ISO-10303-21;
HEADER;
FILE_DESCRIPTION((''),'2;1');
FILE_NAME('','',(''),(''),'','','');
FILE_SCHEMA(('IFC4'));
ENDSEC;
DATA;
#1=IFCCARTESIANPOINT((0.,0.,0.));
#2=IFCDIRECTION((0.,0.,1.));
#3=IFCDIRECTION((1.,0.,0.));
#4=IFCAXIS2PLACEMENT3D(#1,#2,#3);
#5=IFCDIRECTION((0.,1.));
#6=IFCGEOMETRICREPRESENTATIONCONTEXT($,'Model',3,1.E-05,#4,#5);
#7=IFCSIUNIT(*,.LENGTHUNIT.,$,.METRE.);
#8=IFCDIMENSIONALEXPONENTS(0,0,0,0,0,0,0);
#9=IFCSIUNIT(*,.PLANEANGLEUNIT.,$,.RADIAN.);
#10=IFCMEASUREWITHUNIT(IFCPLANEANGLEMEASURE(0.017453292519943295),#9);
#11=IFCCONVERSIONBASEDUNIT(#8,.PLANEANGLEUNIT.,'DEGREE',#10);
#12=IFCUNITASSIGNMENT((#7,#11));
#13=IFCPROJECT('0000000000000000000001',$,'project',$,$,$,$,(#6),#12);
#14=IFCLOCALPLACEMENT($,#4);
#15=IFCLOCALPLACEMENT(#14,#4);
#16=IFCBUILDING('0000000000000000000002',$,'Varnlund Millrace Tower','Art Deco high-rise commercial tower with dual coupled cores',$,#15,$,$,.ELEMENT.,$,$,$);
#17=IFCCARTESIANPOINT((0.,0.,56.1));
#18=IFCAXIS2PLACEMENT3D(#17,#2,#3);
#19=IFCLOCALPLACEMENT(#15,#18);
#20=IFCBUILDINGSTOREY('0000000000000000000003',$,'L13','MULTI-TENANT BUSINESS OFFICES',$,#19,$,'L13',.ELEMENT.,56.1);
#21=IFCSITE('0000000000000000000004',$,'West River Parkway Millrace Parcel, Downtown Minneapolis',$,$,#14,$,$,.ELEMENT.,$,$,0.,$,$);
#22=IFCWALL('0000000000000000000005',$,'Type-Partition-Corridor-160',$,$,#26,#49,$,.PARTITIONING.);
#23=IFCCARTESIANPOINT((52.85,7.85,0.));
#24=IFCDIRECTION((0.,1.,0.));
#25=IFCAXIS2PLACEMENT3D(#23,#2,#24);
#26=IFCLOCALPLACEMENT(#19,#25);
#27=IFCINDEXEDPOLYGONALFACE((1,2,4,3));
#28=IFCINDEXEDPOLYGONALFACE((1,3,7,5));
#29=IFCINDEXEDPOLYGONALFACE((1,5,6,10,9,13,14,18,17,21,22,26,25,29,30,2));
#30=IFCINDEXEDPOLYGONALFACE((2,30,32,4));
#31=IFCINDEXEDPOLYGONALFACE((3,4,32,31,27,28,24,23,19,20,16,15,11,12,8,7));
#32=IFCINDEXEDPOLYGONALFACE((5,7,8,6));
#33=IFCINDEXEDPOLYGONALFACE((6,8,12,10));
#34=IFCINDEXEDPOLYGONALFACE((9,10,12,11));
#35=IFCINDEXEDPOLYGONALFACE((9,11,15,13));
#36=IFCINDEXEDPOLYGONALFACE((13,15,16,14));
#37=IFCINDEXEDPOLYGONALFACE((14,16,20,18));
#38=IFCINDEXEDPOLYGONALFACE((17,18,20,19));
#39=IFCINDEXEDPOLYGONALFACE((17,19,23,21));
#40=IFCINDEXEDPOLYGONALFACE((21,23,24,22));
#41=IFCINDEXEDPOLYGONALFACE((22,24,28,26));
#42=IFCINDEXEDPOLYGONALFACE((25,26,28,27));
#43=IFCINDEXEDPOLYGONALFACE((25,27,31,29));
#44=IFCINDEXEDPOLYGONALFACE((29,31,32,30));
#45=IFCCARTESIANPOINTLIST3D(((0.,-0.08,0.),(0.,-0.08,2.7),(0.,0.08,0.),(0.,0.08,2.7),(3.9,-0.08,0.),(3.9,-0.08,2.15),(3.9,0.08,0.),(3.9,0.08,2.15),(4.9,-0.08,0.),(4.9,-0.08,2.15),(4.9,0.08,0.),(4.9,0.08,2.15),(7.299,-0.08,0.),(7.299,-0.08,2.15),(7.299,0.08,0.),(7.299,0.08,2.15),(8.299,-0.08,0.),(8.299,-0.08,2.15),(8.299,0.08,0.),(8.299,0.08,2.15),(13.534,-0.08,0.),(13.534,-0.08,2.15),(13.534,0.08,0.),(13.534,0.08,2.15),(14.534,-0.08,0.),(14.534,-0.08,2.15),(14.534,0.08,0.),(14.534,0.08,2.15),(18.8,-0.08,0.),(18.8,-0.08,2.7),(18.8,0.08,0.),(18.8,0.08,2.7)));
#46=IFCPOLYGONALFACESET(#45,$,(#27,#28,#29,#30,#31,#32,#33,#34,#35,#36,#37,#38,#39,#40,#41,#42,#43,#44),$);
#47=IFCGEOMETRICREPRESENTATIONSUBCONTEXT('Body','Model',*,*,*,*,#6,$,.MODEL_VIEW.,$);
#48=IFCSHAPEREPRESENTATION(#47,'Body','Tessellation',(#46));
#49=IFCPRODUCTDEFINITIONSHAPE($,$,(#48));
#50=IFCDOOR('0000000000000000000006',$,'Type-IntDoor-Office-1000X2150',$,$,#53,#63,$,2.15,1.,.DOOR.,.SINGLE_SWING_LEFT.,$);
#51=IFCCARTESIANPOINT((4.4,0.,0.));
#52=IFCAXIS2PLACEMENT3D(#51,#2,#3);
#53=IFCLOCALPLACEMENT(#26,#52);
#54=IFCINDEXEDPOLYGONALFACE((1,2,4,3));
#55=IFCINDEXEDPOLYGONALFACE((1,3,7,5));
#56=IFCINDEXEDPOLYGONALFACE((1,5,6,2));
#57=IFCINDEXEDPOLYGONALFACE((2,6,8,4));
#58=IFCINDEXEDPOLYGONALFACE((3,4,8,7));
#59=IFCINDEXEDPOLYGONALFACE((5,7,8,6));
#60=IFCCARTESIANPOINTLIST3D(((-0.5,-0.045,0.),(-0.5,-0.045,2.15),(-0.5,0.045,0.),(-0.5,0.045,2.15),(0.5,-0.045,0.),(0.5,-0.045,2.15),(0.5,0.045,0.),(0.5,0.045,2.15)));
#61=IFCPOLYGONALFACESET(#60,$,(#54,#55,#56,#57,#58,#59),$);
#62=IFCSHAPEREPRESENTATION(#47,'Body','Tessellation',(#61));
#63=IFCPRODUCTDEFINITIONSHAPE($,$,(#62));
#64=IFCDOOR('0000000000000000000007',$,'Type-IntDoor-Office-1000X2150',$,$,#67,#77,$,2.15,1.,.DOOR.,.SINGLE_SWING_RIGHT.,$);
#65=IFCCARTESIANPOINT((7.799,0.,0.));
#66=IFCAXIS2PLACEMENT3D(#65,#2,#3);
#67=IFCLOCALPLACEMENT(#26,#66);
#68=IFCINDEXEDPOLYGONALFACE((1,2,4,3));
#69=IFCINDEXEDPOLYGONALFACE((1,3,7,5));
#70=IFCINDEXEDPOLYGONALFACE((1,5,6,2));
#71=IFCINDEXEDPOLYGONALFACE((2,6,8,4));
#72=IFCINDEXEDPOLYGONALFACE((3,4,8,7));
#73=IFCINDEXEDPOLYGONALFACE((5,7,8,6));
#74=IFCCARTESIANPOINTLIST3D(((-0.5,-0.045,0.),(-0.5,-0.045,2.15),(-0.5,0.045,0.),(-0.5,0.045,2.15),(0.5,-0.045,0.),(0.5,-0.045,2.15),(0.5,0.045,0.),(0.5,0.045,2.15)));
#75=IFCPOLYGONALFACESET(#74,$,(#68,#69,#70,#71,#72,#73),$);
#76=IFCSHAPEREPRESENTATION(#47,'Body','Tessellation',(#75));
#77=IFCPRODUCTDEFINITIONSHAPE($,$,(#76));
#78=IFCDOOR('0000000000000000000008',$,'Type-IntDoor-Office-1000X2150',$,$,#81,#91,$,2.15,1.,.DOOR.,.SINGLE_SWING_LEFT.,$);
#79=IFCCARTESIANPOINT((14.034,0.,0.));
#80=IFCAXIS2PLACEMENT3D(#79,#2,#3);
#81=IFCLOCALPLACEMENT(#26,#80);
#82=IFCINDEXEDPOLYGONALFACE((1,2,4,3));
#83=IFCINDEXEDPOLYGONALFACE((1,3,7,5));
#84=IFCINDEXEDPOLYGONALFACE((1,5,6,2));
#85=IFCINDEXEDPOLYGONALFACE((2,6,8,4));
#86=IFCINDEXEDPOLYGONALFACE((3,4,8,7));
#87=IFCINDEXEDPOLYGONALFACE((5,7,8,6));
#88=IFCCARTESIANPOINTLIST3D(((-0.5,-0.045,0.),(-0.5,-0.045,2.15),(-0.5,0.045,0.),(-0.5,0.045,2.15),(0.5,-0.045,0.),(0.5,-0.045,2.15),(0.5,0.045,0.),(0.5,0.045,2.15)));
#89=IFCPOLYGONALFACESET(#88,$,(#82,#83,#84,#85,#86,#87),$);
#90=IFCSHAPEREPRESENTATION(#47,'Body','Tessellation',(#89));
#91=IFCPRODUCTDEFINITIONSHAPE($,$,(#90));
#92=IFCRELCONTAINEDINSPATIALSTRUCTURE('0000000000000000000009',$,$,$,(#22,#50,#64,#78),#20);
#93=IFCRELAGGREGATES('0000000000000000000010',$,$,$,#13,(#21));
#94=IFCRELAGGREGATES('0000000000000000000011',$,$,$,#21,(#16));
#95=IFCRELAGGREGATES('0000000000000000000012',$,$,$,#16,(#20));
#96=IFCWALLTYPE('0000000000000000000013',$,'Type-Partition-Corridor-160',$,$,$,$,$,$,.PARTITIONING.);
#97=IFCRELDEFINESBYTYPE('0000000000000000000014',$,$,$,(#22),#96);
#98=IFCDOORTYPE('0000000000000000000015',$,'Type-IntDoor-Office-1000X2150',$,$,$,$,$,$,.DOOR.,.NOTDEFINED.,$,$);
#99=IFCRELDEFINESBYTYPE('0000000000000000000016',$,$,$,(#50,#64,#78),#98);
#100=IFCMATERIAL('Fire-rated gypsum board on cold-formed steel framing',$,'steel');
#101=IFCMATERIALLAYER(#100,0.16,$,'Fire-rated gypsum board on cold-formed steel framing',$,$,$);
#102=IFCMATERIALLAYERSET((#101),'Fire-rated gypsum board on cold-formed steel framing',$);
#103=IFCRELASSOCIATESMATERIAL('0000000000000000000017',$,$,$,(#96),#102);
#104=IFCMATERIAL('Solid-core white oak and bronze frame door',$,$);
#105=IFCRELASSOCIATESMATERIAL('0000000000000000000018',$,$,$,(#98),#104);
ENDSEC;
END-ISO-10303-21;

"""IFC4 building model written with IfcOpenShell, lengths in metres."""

from ifc_helpers import new_model, entity, si_unit, converted_unit, direction, frame, origin_with_axes, origin_2d_with_axis, place, context, subcontext, project, spatial, polyline, rectangle, outline, extrude, material, layer, layer_set, type_object, element, fill, save


model = new_model("IFC4")

# Units and contexts
model_context = context("Model", 3, precision=1e-05, world=origin_with_axes(), true_north=direction((0.0, 1.0)))
body_context = subcontext(model_context, "Body", "Model", "MODEL_VIEW")
ifc_project = project(units=[si_unit("LENGTHUNIT", "METRE"), converted_unit("PLANEANGLEUNIT", "DEGREE", entity("IfcPlaneAngleMeasure", 0.017453292519943295), si_unit("PLANEANGLEUNIT", "RADIAN"), dimensions=[0, 0, 0, 0, 0, 0, 0])], contexts=[model_context])

# Site, building, storey
site_placement = place(None, origin_with_axes())
site = spatial("IfcSite", under=ifc_project, at=site_placement, Name="West River Parkway Millrace Parcel, Downtown Minneapolis", CompositionType="ELEMENT", RefElevation=0.0)
building_placement = place(site_placement, origin_with_axes())
building = spatial("IfcBuilding", under=site, at=building_placement, Name="Varnlund Millrace Tower", Description="Art Deco high-rise commercial tower with dual coupled cores", CompositionType="ELEMENT")
storey_placement = place(building_placement, frame((0.0, 0.0, 56.1), z_axis=(0.0, 0.0, 1.0), x_axis=(1.0, 0.0, 0.0)))
storey = spatial("IfcBuildingStorey", under=building, at=storey_placement, Name="L13", Description="MULTI-TENANT BUSINESS OFFICES", LongName="L13", CompositionType="ELEMENT", Elevation=56.1)

# Wall, openings, doors
ifc_material_1 = material(Name="Fire-rated gypsum board on cold-formed steel framing", Category="steel")
ifc_layer_1 = layer(ifc_material_1, 0.16, Name="Fire-rated gypsum board on cold-formed steel framing")
ifc_layer_set_1 = layer_set([ifc_layer_1], Name="Fire-rated gypsum board on cold-formed steel framing")
wall_type_1 = type_object("IfcWallType", Name="Type-Partition-Corridor-160", PredefinedType="PARTITIONING", material=ifc_layer_set_1)
wall_1_placement = place(storey_placement, frame((52.85, 7.85, 0.0), z_axis=(0.0, 0.0, 1.0), x_axis=(0.0, 1.0, 0.0)))
wall_1 = element("IfcWall", 1, at=wall_1_placement, inside=storey, type_object=wall_type_1, Name="Type-Partition-Corridor-160", PredefinedType="PARTITIONING", context=body_context, shape_type="SweptSolid", body=[
    extrude(outline(polyline([(0.0, -0.08), (18.8, -0.08), (18.8, 0.08), (0.0, 0.08), (0.0, -0.08)])), origin_with_axes(), (0.0, 0.0, 1.0), 2.7),
])
opening_1_placement = place(wall_1_placement, frame((4.4, 0.0, 0.0), z_axis=(0.0, 0.0, 1.0), x_axis=(1.0, 0.0, 0.0)))
opening_1 = element("IfcOpeningElement", 2, at=opening_1_placement, cuts=wall_1, PredefinedType="OPENING", context=body_context, shape_type="SweptSolid", body=[
    extrude(rectangle(XDim=1.0, YDim=0.18, at=origin_2d_with_axis()), origin_with_axes(), (0.0, 0.0, 1.0), 2.15),
])
opening_2_placement = place(wall_1_placement, frame((7.799, 0.0, 0.0), z_axis=(0.0, 0.0, 1.0), x_axis=(1.0, 0.0, 0.0)))
opening_2 = element("IfcOpeningElement", 3, at=opening_2_placement, cuts=wall_1, PredefinedType="OPENING", context=body_context, shape_type="SweptSolid", body=[
    extrude(rectangle(XDim=1.0, YDim=0.18, at=origin_2d_with_axis()), origin_with_axes(), (0.0, 0.0, 1.0), 2.15),
])
opening_3_placement = place(wall_1_placement, frame((14.034, 0.0, 0.0), z_axis=(0.0, 0.0, 1.0), x_axis=(1.0, 0.0, 0.0)))
opening_3 = element("IfcOpeningElement", 4, at=opening_3_placement, cuts=wall_1, PredefinedType="OPENING", context=body_context, shape_type="SweptSolid", body=[
    extrude(rectangle(XDim=1.0, YDim=0.18, at=origin_2d_with_axis()), origin_with_axes(), (0.0, 0.0, 1.0), 2.15),
])
ifc_material_2 = material(Name="Solid-core white oak and bronze frame door")
door_type = type_object("IfcDoorType", Name="Type-IntDoor-Office-1000X2150", OperationType="NOTDEFINED", PredefinedType="DOOR", material=ifc_material_2)
door_1_placement = place(wall_1_placement, frame((4.4, 0.0, 0.0), z_axis=(0.0, 0.0, 1.0), x_axis=(1.0, 0.0, 0.0)))
door_1 = element("IfcDoor", 5, at=door_1_placement, inside=storey, type_object=door_type, Name="Type-IntDoor-Office-1000X2150", OperationType="SINGLE_SWING_LEFT", OverallHeight=2.15, OverallWidth=1.0, PredefinedType="DOOR", context=body_context, shape_type="SweptSolid", body=[
    extrude(rectangle(XDim=1.0, YDim=0.09, at=origin_2d_with_axis()), origin_with_axes(), (0.0, 0.0, 1.0), 2.15),
])
fill(opening_1, door_1)
door_2_placement = place(wall_1_placement, frame((7.799, 0.0, 0.0), z_axis=(0.0, 0.0, 1.0), x_axis=(1.0, 0.0, 0.0)))
door_2 = element("IfcDoor", 6, at=door_2_placement, inside=storey, type_object=door_type, Name="Type-IntDoor-Office-1000X2150", OperationType="SINGLE_SWING_RIGHT", OverallHeight=2.15, OverallWidth=1.0, PredefinedType="DOOR", context=body_context, shape_type="SweptSolid", body=[
    extrude(rectangle(XDim=1.0, YDim=0.09, at=origin_2d_with_axis()), origin_with_axes(), (0.0, 0.0, 1.0), 2.15),
])
fill(opening_2, door_2)
door_3_placement = place(wall_1_placement, frame((14.034, 0.0, 0.0), z_axis=(0.0, 0.0, 1.0), x_axis=(1.0, 0.0, 0.0)))
door_3 = element("IfcDoor", 7, at=door_3_placement, inside=storey, type_object=door_type, Name="Type-IntDoor-Office-1000X2150", OperationType="SINGLE_SWING_LEFT", OverallHeight=2.15, OverallWidth=1.0, PredefinedType="DOOR", context=body_context, shape_type="SweptSolid", body=[
    extrude(rectangle(XDim=1.0, YDim=0.09, at=origin_2d_with_axis()), origin_with_axes(), (0.0, 0.0, 1.0), 2.15),
])
fill(opening_3, door_3)

save(model, "model.ifc")
